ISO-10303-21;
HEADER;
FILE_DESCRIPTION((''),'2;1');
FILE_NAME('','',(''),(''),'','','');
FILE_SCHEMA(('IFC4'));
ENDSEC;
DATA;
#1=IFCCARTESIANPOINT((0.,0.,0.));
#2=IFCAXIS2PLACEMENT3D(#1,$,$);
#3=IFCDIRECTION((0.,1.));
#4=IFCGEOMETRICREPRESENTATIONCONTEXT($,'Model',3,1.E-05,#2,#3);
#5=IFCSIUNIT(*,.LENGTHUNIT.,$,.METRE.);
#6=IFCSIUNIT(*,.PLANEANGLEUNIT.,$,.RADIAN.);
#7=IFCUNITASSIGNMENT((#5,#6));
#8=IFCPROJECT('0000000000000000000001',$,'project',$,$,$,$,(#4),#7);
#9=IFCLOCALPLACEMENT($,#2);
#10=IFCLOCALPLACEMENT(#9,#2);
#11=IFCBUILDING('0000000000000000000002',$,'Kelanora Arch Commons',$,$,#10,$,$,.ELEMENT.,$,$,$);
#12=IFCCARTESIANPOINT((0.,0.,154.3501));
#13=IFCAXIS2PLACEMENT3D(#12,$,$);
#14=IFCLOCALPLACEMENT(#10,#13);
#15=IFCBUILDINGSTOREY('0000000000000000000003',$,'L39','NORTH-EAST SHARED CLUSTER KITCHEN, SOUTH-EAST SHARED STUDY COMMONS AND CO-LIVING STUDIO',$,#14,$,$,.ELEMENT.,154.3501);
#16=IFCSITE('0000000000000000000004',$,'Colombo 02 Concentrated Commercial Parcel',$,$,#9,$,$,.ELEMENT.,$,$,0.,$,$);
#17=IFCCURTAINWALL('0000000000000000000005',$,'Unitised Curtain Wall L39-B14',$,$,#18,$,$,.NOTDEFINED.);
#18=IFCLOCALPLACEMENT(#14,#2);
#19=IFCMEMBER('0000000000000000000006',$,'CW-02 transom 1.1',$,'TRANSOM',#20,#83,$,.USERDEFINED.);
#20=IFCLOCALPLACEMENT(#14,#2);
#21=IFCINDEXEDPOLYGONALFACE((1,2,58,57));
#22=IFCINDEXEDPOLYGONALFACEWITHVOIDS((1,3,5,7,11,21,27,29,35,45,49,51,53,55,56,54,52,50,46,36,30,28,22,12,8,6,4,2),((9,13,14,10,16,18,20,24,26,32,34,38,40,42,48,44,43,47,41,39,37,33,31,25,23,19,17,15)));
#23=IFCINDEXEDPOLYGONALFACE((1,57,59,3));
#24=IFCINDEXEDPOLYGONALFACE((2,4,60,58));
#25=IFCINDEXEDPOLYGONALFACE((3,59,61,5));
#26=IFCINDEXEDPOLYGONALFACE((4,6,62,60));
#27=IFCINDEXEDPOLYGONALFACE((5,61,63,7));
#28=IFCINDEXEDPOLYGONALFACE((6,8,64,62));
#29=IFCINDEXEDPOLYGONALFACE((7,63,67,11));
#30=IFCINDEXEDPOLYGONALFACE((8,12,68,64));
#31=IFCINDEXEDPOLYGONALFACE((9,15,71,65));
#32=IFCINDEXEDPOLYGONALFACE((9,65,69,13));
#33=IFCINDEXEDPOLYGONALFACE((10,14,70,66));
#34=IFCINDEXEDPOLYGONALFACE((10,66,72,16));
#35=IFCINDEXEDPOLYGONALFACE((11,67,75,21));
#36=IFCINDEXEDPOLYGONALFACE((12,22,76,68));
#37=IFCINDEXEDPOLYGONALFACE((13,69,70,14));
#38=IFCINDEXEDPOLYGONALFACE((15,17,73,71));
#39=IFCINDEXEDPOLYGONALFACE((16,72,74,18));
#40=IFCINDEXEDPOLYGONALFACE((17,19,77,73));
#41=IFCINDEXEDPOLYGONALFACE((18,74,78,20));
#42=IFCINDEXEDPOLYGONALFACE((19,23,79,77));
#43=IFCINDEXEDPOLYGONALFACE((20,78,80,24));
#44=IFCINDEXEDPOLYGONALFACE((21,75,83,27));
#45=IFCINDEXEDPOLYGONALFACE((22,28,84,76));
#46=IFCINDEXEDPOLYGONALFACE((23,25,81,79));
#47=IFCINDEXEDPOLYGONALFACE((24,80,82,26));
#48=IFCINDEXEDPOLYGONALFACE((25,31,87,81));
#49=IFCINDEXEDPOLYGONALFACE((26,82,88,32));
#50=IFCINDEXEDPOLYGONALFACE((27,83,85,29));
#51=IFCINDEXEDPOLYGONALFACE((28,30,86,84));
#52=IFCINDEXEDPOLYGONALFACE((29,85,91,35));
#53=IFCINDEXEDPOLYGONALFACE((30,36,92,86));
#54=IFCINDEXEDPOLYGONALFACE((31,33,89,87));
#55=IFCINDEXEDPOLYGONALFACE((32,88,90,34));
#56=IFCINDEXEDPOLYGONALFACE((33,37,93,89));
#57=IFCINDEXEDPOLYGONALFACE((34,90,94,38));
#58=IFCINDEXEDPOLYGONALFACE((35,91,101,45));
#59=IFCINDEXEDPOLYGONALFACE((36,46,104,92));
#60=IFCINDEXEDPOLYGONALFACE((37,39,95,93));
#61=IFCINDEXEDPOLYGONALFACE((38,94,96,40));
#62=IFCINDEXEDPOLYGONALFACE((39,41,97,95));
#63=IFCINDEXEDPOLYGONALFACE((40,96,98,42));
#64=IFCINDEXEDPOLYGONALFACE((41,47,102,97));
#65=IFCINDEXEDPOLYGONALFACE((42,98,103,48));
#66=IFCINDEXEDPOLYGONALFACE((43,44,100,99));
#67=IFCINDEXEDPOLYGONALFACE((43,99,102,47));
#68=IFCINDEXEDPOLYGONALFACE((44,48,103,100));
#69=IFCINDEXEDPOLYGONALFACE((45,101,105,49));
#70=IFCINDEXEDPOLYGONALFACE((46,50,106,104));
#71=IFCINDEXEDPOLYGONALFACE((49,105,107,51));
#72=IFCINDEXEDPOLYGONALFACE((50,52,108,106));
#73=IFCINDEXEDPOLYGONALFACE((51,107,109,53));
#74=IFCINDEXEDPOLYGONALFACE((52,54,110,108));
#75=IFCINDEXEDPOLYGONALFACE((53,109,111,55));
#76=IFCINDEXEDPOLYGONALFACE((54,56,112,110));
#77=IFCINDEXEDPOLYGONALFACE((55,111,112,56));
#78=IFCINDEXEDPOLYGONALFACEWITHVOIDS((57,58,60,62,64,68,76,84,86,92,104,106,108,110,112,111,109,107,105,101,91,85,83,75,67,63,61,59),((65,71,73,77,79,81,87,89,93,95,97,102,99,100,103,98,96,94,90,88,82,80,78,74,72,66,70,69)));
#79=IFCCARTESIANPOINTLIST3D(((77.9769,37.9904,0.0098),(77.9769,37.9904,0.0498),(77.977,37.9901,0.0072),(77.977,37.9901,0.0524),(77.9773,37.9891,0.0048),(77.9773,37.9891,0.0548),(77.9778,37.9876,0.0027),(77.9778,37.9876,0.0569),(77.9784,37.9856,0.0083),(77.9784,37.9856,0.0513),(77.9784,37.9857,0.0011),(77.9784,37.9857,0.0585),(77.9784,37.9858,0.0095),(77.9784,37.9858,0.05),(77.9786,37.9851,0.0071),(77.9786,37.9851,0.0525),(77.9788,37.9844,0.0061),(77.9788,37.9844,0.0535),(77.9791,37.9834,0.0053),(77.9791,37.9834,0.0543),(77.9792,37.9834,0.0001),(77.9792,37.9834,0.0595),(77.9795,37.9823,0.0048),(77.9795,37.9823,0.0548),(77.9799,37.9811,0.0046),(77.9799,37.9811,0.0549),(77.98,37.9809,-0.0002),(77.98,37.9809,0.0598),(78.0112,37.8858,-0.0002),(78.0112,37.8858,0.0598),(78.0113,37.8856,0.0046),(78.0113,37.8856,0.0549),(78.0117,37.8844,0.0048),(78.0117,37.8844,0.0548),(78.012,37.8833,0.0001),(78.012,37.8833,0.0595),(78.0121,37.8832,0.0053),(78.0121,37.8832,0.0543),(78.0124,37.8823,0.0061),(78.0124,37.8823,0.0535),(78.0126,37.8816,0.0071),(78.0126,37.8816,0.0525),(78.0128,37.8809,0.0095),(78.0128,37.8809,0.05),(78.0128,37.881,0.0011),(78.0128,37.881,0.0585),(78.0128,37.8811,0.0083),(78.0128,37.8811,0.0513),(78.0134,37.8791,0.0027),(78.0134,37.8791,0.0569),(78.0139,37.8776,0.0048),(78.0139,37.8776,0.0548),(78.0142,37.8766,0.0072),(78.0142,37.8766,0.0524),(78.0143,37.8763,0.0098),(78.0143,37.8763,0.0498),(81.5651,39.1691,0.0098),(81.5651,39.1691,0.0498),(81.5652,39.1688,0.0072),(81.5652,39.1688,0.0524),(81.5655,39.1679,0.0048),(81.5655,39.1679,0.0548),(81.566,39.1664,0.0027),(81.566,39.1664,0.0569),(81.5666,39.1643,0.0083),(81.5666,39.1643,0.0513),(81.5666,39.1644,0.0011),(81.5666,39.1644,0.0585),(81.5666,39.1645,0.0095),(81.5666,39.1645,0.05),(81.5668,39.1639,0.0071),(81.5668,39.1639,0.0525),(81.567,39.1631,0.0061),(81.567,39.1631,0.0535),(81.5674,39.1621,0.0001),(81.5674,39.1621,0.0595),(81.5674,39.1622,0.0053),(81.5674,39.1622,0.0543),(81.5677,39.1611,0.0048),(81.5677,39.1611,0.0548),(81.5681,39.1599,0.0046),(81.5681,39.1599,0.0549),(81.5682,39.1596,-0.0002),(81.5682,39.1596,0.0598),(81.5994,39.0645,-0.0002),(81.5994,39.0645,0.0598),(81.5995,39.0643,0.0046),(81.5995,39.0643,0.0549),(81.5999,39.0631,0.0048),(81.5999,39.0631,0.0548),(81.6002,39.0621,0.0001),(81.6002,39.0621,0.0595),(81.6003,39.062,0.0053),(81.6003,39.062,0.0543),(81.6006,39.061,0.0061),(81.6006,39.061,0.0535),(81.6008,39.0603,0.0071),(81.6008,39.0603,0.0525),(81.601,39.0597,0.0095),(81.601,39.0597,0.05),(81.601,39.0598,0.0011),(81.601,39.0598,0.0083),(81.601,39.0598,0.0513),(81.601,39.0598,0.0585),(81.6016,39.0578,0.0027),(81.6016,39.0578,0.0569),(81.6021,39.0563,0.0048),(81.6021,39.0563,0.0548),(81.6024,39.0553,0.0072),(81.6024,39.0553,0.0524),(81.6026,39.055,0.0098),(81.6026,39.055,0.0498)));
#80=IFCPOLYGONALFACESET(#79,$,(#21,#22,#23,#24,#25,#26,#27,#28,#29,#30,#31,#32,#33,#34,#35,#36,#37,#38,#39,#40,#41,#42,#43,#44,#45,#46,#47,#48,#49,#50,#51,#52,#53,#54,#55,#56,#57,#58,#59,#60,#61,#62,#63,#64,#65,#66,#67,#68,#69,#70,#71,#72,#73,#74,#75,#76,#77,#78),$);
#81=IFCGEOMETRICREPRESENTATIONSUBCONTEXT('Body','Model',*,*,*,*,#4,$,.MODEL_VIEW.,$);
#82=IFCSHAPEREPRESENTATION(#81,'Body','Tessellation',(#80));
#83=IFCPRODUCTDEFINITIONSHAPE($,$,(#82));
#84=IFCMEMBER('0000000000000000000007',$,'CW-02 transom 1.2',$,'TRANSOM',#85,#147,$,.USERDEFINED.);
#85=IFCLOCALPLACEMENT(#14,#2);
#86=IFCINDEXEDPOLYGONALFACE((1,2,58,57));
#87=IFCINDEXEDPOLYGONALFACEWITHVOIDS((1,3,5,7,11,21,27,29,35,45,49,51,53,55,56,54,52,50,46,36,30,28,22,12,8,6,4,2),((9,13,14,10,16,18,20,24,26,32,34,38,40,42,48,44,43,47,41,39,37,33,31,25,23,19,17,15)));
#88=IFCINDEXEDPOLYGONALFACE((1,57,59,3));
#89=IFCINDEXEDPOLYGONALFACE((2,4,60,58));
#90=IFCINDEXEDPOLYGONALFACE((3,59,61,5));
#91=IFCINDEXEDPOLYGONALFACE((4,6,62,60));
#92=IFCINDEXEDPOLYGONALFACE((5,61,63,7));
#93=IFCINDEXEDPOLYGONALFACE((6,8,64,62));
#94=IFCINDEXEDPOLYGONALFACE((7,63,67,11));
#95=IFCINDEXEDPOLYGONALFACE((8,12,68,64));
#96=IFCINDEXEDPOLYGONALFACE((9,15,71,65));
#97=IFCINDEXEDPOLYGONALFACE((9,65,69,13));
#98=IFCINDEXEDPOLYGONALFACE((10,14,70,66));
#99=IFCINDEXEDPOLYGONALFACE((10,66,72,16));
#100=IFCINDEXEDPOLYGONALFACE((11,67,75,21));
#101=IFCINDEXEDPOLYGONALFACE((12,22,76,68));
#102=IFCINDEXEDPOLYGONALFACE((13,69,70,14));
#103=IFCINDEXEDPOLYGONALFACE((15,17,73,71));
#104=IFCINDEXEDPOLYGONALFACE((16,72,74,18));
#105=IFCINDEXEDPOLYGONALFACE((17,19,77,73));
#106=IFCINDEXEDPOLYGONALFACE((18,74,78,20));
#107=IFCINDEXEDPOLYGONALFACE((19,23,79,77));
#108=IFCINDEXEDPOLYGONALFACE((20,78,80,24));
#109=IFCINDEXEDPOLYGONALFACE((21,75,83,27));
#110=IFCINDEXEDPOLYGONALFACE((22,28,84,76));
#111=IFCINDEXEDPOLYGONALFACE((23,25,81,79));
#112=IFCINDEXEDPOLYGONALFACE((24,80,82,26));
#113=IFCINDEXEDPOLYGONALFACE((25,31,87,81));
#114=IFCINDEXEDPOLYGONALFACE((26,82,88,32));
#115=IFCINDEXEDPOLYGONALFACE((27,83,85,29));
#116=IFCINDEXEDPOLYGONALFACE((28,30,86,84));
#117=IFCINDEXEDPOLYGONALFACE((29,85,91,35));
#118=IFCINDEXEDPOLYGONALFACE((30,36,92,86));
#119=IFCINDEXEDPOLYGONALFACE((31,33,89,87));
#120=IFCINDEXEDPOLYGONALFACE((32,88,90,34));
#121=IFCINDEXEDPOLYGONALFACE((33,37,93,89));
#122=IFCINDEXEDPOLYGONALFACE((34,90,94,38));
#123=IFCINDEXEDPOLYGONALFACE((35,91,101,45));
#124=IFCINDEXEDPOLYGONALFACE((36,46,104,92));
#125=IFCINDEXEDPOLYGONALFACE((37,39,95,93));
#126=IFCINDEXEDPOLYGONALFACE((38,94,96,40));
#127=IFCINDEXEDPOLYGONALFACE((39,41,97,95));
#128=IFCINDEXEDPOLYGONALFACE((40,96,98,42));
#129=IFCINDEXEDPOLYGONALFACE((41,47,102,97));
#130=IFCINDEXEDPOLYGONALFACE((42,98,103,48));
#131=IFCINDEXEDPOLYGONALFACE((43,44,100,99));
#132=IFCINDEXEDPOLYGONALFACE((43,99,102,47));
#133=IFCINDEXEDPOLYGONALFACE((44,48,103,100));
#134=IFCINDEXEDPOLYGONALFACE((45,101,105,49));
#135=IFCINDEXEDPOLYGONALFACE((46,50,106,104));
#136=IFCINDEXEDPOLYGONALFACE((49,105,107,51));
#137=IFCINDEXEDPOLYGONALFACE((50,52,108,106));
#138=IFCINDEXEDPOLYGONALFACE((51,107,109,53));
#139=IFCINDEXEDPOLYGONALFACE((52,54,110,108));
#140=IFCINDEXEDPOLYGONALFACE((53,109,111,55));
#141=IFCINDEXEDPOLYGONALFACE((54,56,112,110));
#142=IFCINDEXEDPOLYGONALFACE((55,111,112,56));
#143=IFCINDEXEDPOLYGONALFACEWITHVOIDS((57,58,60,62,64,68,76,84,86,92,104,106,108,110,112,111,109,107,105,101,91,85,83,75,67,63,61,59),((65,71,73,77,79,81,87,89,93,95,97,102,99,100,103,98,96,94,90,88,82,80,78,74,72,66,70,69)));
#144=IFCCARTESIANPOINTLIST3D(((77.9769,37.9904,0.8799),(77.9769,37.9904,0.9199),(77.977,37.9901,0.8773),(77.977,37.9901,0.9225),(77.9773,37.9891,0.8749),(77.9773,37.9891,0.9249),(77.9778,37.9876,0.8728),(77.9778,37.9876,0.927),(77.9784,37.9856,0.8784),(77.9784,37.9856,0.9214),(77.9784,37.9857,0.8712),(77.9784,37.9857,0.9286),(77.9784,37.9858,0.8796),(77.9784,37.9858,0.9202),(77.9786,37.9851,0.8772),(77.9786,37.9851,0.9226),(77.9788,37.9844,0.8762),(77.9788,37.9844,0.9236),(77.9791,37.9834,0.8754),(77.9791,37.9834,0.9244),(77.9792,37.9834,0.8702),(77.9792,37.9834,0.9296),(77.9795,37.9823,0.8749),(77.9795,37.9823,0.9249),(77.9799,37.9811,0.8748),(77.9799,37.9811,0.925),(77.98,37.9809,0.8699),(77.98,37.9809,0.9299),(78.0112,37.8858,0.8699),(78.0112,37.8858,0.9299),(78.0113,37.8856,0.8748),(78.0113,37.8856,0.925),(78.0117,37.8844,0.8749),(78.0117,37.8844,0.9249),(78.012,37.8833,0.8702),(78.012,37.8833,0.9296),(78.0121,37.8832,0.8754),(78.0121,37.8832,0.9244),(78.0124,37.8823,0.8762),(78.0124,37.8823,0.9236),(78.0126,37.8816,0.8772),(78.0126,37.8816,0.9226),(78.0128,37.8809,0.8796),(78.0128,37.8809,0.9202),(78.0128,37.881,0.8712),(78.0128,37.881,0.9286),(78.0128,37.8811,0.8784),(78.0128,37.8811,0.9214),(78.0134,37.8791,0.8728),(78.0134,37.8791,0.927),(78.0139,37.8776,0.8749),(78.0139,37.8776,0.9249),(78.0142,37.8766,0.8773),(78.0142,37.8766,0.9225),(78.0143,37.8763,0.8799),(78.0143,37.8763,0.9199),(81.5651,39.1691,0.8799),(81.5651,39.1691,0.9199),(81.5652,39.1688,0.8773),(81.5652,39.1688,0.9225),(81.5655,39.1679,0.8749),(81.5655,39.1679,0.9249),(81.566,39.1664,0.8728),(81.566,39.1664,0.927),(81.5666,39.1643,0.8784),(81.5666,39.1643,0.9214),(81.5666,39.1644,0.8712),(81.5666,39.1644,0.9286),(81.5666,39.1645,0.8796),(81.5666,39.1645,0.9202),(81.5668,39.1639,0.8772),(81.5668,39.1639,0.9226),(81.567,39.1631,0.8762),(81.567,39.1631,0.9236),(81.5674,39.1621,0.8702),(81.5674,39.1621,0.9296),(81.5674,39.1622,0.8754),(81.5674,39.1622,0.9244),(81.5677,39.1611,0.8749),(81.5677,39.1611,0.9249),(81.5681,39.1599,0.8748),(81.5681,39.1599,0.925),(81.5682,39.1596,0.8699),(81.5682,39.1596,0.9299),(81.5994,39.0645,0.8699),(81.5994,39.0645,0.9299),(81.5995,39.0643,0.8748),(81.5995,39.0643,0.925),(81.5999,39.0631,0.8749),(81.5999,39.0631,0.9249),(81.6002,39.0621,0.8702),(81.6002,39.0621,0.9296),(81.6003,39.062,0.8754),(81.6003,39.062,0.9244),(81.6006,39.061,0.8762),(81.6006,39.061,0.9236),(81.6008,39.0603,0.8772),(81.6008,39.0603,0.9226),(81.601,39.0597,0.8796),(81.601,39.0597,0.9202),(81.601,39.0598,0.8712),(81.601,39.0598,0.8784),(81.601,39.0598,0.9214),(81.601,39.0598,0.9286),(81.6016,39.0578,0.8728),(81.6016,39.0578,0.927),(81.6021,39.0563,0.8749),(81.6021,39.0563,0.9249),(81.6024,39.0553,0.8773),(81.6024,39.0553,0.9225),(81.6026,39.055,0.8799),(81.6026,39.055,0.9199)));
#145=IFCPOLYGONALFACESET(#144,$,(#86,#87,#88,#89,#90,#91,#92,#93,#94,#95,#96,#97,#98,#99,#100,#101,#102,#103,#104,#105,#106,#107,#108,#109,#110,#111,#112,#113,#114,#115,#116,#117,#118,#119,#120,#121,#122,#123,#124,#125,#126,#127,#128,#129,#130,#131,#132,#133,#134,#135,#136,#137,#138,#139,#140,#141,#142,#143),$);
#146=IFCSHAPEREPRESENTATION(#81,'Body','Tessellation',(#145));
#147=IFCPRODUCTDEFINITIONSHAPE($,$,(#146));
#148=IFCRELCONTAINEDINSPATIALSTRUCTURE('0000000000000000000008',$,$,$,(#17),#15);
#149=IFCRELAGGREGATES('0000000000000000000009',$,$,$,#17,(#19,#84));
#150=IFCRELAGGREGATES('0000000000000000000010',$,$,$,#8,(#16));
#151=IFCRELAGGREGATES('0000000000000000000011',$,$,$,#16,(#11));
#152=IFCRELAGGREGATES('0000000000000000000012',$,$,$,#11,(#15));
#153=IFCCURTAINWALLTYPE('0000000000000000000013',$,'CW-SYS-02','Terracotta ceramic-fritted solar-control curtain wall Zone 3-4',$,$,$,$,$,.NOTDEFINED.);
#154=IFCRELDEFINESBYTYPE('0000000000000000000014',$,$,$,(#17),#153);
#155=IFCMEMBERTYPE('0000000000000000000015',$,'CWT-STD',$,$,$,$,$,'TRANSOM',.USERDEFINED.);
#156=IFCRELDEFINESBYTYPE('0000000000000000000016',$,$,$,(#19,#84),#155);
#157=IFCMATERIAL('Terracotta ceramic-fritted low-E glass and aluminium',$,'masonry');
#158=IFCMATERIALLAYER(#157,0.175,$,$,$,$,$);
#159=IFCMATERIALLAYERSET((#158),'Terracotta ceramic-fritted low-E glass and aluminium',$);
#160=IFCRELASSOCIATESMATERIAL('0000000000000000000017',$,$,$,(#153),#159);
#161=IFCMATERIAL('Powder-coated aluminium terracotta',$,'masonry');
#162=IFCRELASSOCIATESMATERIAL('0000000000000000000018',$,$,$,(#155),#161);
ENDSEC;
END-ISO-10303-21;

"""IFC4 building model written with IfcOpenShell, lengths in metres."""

from ifc_helpers import new_model, si_unit, direction, frame, origin, origin_2d, place, context, subcontext, project, spatial, hollow_rectangle, extrude, material, layer, layer_set, material_profile, profile_set, type_object, element, aggregate, save


model = new_model("IFC4")

# Units and contexts
model_context = context("Model", 3, precision=1e-05, world=origin(), true_north=direction((0.0, 1.0)))
body_context = subcontext(model_context, "Body", "Model", "MODEL_VIEW")
ifc_project = project(units=[si_unit("LENGTHUNIT", "METRE"), si_unit("PLANEANGLEUNIT", "RADIAN")], contexts=[model_context])

# Site, building, storey
site_placement = place(None, origin())
site = spatial("IfcSite", under=ifc_project, at=site_placement, Name="Colombo 02 Concentrated Commercial Parcel", CompositionType="ELEMENT", RefElevation=0.0)
building_placement = place(site_placement, origin())
building = spatial("IfcBuilding", under=site, at=building_placement, Name="Kelanora Arch Commons", CompositionType="ELEMENT")
storey_placement = place(building_placement, frame((0.0, 0.0, 154.3501)))
storey = spatial("IfcBuildingStorey", under=building, at=storey_placement, Name="L39", Description="NORTH-EAST SHARED CLUSTER KITCHEN, SOUTH-EAST SHARED STUDY COMMONS AND CO-LIVING STUDIO", CompositionType="ELEMENT", Elevation=154.3501)

# Curtain wall, members
ifc_material_1 = material(Name="Terracotta ceramic-fritted low-E glass and aluminium", Category="masonry")
ifc_layer_1 = layer(ifc_material_1, 0.175)
ifc_layer_set_1 = layer_set([ifc_layer_1], Name="Terracotta ceramic-fritted low-E glass and aluminium")
curtain_wall_type = type_object("IfcCurtainWallType", Name="CW-SYS-02", Description="Terracotta ceramic-fritted solar-control curtain wall Zone 3-4", PredefinedType="NOTDEFINED", material=ifc_layer_set_1)
curtain_wall_placement = place(storey_placement, origin())
curtain_wall = element("IfcCurtainWall", 1, at=curtain_wall_placement, inside=storey, type_object=curtain_wall_type, Name="Unitised Curtain Wall L39-B14", PredefinedType="NOTDEFINED")
ifc_material_2 = material(Name="Powder-coated aluminium terracotta", Category="masonry")
ifc_material_profile_1 = material_profile(ifc_material_2, hollow_rectangle(XDim=0.1201, YDim=0.0601, WallThickness=0.0049, InnerFilletRadius=0.0049, OuterFilletRadius=0.01, at=origin_2d()), Name="CWT120x60")
ifc_profile_set_1 = profile_set([ifc_material_profile_1], Name="Powder-coated aluminium terracotta")
member_type_1 = type_object("IfcMemberType", Name="CWT-STD", ElementType="TRANSOM", PredefinedType="USERDEFINED", material=ifc_profile_set_1)
member_1_placement = place(storey_placement, frame((77.9956, 37.9333, 0.0298), z_axis=(0.950051, 0.312094, 0.0), x_axis=(-0.312094, 0.950051, 0.0)))
member_1 = element("IfcMember", 2, at=member_1_placement, type_object=member_type_1, Name="CW-02 transom 1.1", ObjectType="TRANSOM", PredefinedType="USERDEFINED", context=body_context, shape_type="SweptSolid", body=[
    extrude(hollow_rectangle(XDim=0.1201, YDim=0.0601, WallThickness=0.0049, InnerFilletRadius=0.0049, OuterFilletRadius=0.01, at=origin_2d()), origin(), (0.0, 0.0, 1.0), 3.7769),
])
member_2_placement = place(storey_placement, frame((77.9956, 37.9333, 0.8999), z_axis=(0.950051, 0.312094, 0.0), x_axis=(-0.312094, 0.950051, 0.0)))
member_2 = element("IfcMember", 3, at=member_2_placement, type_object=member_type_1, Name="CW-02 transom 1.2", ObjectType="TRANSOM", PredefinedType="USERDEFINED", context=body_context, shape_type="SweptSolid", body=[
    extrude(hollow_rectangle(XDim=0.1201, YDim=0.0601, WallThickness=0.0049, InnerFilletRadius=0.0049, OuterFilletRadius=0.01, at=origin_2d()), origin(), (0.0, 0.0, 1.0), 3.7769),
])
aggregate(curtain_wall, [member_1, member_2])

save(model, "model.ifc")
